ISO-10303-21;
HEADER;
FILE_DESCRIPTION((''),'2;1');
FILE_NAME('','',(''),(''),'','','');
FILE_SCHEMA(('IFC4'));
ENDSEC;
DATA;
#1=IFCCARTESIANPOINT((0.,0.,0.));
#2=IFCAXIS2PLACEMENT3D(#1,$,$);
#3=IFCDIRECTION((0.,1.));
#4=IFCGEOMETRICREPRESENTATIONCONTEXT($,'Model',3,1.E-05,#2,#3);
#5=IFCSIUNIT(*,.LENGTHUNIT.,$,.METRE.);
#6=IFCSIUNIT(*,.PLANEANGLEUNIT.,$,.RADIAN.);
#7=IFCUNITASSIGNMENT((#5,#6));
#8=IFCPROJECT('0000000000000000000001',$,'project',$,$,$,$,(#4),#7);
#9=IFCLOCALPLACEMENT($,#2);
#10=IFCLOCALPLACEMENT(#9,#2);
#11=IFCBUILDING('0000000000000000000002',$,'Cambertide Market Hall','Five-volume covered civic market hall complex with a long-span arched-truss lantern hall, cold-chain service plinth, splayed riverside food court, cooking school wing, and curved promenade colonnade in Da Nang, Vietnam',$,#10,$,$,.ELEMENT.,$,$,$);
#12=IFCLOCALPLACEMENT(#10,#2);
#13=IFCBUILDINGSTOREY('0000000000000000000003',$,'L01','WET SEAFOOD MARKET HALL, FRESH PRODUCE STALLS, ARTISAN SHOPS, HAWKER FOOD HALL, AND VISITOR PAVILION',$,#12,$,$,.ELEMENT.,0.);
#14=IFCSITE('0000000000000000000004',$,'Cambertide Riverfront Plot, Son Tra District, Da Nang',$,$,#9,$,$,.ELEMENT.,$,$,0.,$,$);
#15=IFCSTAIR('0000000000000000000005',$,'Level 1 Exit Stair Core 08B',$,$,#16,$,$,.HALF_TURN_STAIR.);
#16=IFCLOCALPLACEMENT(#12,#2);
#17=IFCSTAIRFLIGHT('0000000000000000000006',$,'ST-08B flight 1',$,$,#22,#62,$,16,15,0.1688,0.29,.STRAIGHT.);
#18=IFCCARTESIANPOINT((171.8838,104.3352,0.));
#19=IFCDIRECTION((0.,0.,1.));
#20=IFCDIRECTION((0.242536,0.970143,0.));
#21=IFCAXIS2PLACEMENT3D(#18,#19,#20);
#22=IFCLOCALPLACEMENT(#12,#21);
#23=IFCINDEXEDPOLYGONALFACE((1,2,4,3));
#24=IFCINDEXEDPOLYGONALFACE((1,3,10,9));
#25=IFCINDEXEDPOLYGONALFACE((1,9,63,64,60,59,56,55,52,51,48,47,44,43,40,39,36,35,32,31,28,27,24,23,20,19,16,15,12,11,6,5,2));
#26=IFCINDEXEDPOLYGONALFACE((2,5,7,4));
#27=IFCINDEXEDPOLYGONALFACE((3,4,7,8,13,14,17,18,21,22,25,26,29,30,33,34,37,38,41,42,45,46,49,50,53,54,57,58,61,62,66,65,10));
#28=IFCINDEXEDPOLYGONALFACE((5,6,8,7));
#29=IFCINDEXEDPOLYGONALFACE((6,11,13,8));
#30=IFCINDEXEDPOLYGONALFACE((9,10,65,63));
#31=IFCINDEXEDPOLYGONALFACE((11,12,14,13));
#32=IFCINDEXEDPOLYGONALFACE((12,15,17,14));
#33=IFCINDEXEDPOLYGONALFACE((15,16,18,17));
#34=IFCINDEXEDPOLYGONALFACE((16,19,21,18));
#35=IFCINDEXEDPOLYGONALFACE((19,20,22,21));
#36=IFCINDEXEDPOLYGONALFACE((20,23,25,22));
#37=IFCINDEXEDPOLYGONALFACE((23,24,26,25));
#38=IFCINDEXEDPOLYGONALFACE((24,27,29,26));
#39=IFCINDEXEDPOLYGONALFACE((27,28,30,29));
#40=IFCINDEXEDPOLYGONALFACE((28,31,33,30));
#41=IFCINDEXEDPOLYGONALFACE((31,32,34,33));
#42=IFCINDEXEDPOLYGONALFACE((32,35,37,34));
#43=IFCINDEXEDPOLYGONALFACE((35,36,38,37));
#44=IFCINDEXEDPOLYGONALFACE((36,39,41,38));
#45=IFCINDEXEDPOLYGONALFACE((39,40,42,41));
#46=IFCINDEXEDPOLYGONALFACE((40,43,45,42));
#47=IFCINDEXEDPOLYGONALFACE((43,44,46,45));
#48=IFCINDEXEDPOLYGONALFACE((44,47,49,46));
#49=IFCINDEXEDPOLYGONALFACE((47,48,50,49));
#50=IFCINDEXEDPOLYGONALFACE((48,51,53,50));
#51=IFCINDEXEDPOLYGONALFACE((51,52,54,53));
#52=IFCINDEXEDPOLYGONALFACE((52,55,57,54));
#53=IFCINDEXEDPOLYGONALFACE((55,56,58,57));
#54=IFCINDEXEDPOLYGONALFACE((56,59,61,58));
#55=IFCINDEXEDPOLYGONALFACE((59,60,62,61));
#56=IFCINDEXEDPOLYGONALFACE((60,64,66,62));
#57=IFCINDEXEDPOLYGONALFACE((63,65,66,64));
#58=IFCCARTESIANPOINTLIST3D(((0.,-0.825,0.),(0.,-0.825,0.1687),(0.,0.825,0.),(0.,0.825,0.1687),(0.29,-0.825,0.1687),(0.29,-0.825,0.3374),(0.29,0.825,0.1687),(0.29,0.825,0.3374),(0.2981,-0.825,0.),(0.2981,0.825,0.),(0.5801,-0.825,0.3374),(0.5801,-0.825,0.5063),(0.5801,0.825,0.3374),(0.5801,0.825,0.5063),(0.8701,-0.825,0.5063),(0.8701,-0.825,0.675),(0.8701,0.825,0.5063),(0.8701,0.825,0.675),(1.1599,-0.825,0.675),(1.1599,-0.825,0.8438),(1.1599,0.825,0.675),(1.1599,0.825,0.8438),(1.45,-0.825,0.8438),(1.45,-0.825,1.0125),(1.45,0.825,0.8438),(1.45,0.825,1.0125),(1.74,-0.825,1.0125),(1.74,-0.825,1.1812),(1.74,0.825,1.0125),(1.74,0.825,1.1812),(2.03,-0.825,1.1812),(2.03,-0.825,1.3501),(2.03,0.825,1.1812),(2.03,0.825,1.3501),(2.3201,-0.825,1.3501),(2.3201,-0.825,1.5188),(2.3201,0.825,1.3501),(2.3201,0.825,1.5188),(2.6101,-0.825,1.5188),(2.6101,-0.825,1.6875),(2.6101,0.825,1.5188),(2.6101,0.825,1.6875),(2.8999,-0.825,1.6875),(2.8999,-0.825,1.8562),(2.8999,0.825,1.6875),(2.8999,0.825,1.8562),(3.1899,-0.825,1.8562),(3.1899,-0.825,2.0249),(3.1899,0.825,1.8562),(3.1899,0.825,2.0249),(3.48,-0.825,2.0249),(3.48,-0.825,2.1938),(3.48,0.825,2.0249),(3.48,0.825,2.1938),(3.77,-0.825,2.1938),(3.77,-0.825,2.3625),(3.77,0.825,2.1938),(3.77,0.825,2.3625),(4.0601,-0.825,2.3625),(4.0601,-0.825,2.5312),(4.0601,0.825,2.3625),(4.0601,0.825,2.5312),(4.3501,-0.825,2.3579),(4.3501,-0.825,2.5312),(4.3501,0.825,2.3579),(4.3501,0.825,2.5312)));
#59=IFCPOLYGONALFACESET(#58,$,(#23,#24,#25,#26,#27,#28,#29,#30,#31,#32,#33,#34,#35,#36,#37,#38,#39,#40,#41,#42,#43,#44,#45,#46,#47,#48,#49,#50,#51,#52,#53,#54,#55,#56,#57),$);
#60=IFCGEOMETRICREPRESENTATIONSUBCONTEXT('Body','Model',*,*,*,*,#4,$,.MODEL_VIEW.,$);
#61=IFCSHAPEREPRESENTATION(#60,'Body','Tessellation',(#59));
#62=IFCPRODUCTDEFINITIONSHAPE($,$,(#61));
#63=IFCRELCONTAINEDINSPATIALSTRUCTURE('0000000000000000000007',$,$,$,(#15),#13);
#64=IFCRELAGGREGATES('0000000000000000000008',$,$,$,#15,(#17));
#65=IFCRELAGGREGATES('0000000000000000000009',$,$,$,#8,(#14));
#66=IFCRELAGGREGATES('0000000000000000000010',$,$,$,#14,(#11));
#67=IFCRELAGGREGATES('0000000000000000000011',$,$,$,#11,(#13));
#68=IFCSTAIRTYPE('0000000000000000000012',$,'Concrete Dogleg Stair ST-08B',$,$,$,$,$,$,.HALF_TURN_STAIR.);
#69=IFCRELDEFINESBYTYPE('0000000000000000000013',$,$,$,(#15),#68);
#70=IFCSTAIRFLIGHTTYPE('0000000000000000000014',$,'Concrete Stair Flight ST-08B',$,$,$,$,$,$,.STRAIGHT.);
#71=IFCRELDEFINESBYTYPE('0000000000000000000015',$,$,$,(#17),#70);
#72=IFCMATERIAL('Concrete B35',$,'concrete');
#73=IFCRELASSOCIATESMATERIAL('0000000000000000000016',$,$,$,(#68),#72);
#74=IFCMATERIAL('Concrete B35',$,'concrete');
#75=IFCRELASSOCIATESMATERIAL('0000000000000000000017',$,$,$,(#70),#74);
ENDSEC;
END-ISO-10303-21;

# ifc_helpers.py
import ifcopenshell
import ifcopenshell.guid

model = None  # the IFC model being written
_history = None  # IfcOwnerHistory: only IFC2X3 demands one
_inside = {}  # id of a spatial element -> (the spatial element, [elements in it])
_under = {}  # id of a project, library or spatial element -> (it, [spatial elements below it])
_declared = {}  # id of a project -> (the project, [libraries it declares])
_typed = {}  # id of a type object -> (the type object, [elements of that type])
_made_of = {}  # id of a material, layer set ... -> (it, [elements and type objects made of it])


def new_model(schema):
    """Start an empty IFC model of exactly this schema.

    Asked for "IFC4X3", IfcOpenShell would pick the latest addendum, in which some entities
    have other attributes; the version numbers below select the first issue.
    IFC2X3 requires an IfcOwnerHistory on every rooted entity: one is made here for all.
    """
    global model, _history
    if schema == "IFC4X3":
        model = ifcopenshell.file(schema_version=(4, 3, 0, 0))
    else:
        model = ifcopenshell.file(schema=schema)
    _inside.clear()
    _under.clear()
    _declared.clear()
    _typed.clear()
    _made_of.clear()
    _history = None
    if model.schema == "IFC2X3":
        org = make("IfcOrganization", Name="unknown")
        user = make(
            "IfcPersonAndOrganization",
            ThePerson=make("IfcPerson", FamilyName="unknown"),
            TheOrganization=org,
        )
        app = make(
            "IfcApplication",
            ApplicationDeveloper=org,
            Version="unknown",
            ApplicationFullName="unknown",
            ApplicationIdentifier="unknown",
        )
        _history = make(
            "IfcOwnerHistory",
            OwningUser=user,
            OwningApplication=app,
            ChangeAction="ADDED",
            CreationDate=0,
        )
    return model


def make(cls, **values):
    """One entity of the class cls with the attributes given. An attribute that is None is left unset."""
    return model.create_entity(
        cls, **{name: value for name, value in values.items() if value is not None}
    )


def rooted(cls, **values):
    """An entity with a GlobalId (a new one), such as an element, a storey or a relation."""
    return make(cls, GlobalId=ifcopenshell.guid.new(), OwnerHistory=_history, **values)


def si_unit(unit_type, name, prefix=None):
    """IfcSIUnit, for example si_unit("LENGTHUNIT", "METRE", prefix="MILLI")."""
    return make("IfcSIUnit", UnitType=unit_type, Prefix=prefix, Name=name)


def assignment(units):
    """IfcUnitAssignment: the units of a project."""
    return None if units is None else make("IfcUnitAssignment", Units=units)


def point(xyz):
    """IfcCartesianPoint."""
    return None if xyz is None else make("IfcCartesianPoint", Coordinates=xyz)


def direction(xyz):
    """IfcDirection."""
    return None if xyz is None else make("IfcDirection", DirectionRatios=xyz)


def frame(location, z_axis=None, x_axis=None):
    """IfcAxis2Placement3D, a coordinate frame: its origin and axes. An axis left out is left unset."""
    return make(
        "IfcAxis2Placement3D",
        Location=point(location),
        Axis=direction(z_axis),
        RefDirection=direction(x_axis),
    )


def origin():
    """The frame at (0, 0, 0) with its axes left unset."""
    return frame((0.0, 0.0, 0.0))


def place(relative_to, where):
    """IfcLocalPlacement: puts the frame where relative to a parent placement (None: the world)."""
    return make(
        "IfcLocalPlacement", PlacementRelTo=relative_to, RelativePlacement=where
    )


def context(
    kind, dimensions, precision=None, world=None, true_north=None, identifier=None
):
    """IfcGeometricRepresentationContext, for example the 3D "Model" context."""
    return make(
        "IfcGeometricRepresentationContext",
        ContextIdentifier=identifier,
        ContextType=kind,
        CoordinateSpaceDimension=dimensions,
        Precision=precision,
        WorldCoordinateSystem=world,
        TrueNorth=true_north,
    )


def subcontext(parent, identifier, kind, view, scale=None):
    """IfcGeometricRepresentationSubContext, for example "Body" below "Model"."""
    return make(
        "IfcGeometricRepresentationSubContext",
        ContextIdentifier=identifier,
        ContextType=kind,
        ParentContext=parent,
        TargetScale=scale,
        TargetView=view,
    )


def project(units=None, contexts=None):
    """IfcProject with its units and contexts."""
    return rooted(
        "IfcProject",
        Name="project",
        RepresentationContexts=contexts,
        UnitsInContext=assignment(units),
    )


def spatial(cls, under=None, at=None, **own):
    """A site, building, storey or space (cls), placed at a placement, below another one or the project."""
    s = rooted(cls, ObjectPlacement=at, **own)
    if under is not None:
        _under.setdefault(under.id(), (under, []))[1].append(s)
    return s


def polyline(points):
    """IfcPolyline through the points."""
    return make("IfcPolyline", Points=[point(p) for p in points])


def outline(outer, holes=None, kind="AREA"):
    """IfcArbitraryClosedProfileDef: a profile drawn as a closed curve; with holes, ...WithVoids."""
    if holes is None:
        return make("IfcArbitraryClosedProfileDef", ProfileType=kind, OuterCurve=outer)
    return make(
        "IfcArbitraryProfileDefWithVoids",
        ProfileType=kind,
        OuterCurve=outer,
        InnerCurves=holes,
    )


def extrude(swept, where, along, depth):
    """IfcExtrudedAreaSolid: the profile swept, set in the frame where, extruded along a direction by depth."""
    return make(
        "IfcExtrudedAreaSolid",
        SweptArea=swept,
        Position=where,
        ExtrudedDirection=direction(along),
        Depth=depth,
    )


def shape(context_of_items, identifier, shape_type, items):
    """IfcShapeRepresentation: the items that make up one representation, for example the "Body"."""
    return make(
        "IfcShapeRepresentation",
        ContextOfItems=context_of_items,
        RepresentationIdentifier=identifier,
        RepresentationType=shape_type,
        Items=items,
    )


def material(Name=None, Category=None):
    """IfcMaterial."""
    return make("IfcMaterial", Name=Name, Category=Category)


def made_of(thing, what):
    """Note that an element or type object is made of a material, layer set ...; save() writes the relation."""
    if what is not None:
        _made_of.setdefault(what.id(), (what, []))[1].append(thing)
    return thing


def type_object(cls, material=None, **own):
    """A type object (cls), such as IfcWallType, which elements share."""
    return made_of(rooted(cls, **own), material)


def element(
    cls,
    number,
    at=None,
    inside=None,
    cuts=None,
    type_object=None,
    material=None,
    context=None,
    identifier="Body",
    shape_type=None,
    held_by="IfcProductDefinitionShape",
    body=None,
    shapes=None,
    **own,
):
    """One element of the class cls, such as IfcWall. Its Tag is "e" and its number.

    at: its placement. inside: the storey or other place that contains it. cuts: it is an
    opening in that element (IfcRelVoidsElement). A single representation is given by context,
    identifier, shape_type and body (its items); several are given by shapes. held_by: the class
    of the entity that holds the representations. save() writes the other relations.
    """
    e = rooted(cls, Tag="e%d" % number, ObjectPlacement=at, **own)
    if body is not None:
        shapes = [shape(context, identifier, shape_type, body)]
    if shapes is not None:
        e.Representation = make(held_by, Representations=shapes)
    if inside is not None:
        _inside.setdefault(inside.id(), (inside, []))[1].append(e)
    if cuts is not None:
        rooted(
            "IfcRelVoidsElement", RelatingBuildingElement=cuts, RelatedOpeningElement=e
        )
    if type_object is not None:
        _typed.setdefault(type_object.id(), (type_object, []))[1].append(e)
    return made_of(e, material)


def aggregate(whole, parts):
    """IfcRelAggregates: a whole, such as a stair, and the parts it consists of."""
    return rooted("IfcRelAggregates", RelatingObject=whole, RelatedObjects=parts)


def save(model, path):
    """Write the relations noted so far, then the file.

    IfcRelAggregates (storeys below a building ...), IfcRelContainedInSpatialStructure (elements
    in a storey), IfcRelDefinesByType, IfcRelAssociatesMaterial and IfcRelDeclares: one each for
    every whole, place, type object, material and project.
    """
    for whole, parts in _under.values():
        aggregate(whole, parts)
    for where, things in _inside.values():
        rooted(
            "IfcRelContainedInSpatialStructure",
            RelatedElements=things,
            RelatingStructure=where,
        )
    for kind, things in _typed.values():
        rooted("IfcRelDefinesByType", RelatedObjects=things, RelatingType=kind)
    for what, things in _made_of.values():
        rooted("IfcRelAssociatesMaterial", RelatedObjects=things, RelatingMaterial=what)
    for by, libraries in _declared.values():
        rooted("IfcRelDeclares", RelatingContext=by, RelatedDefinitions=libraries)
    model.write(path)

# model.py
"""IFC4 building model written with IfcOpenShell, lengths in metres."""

from ifc_helpers import new_model, si_unit, direction, frame, origin, place, context, subcontext, project, spatial, polyline, outline, extrude, material, type_object, element, aggregate, save


model = new_model("IFC4")

# Units and contexts
model_context = context("Model", 3, precision=1e-05, world=origin(), true_north=direction((0.0, 1.0)))
body_context = subcontext(model_context, "Body", "Model", "MODEL_VIEW")
ifc_project = project(units=[si_unit("LENGTHUNIT", "METRE"), si_unit("PLANEANGLEUNIT", "RADIAN")], contexts=[model_context])

# Site, building, storey
site_placement = place(None, origin())
site = spatial("IfcSite", under=ifc_project, at=site_placement, Name="Cambertide Riverfront Plot, Son Tra District, Da Nang", CompositionType="ELEMENT", RefElevation=0.0)
building_placement = place(site_placement, origin())
building = spatial("IfcBuilding", under=site, at=building_placement, Name="Cambertide Market Hall", Description="Five-volume covered civic market hall complex with a long-span arched-truss lantern hall, cold-chain service plinth, splayed riverside food court, cooking school wing, and curved promenade colonnade in Da Nang, Vietnam", CompositionType="ELEMENT")
storey_placement = place(building_placement, origin())
storey = spatial("IfcBuildingStorey", under=building, at=storey_placement, Name="L01", Description="WET SEAFOOD MARKET HALL, FRESH PRODUCE STALLS, ARTISAN SHOPS, HAWKER FOOD HALL, AND VISITOR PAVILION", CompositionType="ELEMENT", Elevation=0.0)

# Stair, stair flight
ifc_material_1 = material(Name="Concrete B35", Category="concrete")
stair_type = type_object("IfcStairType", Name="Concrete Dogleg Stair ST-08B", PredefinedType="HALF_TURN_STAIR", material=ifc_material_1)
stair_placement = place(storey_placement, origin())
stair = element("IfcStair", 1, at=stair_placement, inside=storey, type_object=stair_type, Name="Level 1 Exit Stair Core 08B", PredefinedType="HALF_TURN_STAIR")
ifc_material_2 = material(Name="Concrete B35", Category="concrete")
stair_flight_type = type_object("IfcStairFlightType", Name="Concrete Stair Flight ST-08B", PredefinedType="STRAIGHT", material=ifc_material_2)
stair_flight_placement = place(storey_placement, frame((171.8838, 104.3352, 0.0), z_axis=(0.0, 0.0, 1.0), x_axis=(0.242536, 0.970143, 0.0)))
stair_flight = element("IfcStairFlight", 2, at=stair_flight_placement, type_object=stair_flight_type, Name="ST-08B flight 1", NumberOfRisers=16, NumberOfTreads=15, PredefinedType="STRAIGHT", RiserHeight=0.1688, TreadLength=0.29, context=body_context, shape_type="SweptSolid", body=[
    extrude(outline(polyline([(0.0, 0.0), (0.0, 0.1687), (0.29, 0.1687), (0.29, 0.3374), (0.5801, 0.3374), (0.5801, 0.5063), (0.8701, 0.5063), (0.8701, 0.675), (1.1599, 0.675), (1.1599, 0.8438), (1.45, 0.8438), (1.45, 1.0125), (1.74, 1.0125), (1.74, 1.1812), (2.03, 1.1812), (2.03, 1.3501), (2.3201, 1.3501), (2.3201, 1.5188), (2.6101, 1.5188), (2.6101, 1.6875), (2.8999, 1.6875), (2.8999, 1.8562), (3.1899, 1.8562), (3.1899, 2.0249), (3.48, 2.0249), (3.48, 2.1938), (3.77, 2.1938), (3.77, 2.3625), (4.0601, 2.3625), (4.0601, 2.5312), (4.3501, 2.5312), (4.3501, 2.7), (4.3501, 2.3579), (0.2981, 0.0), (0.0, 0.0)])), frame((0.0, 0.825, 0.0), z_axis=(0.0, -1.0, 0.0), x_axis=(1.0, 0.0, 0.0)), (0.0, 0.0, 1.0), 1.6499),
])
aggregate(stair, [stair_flight])

save(model, "model.ifc")
